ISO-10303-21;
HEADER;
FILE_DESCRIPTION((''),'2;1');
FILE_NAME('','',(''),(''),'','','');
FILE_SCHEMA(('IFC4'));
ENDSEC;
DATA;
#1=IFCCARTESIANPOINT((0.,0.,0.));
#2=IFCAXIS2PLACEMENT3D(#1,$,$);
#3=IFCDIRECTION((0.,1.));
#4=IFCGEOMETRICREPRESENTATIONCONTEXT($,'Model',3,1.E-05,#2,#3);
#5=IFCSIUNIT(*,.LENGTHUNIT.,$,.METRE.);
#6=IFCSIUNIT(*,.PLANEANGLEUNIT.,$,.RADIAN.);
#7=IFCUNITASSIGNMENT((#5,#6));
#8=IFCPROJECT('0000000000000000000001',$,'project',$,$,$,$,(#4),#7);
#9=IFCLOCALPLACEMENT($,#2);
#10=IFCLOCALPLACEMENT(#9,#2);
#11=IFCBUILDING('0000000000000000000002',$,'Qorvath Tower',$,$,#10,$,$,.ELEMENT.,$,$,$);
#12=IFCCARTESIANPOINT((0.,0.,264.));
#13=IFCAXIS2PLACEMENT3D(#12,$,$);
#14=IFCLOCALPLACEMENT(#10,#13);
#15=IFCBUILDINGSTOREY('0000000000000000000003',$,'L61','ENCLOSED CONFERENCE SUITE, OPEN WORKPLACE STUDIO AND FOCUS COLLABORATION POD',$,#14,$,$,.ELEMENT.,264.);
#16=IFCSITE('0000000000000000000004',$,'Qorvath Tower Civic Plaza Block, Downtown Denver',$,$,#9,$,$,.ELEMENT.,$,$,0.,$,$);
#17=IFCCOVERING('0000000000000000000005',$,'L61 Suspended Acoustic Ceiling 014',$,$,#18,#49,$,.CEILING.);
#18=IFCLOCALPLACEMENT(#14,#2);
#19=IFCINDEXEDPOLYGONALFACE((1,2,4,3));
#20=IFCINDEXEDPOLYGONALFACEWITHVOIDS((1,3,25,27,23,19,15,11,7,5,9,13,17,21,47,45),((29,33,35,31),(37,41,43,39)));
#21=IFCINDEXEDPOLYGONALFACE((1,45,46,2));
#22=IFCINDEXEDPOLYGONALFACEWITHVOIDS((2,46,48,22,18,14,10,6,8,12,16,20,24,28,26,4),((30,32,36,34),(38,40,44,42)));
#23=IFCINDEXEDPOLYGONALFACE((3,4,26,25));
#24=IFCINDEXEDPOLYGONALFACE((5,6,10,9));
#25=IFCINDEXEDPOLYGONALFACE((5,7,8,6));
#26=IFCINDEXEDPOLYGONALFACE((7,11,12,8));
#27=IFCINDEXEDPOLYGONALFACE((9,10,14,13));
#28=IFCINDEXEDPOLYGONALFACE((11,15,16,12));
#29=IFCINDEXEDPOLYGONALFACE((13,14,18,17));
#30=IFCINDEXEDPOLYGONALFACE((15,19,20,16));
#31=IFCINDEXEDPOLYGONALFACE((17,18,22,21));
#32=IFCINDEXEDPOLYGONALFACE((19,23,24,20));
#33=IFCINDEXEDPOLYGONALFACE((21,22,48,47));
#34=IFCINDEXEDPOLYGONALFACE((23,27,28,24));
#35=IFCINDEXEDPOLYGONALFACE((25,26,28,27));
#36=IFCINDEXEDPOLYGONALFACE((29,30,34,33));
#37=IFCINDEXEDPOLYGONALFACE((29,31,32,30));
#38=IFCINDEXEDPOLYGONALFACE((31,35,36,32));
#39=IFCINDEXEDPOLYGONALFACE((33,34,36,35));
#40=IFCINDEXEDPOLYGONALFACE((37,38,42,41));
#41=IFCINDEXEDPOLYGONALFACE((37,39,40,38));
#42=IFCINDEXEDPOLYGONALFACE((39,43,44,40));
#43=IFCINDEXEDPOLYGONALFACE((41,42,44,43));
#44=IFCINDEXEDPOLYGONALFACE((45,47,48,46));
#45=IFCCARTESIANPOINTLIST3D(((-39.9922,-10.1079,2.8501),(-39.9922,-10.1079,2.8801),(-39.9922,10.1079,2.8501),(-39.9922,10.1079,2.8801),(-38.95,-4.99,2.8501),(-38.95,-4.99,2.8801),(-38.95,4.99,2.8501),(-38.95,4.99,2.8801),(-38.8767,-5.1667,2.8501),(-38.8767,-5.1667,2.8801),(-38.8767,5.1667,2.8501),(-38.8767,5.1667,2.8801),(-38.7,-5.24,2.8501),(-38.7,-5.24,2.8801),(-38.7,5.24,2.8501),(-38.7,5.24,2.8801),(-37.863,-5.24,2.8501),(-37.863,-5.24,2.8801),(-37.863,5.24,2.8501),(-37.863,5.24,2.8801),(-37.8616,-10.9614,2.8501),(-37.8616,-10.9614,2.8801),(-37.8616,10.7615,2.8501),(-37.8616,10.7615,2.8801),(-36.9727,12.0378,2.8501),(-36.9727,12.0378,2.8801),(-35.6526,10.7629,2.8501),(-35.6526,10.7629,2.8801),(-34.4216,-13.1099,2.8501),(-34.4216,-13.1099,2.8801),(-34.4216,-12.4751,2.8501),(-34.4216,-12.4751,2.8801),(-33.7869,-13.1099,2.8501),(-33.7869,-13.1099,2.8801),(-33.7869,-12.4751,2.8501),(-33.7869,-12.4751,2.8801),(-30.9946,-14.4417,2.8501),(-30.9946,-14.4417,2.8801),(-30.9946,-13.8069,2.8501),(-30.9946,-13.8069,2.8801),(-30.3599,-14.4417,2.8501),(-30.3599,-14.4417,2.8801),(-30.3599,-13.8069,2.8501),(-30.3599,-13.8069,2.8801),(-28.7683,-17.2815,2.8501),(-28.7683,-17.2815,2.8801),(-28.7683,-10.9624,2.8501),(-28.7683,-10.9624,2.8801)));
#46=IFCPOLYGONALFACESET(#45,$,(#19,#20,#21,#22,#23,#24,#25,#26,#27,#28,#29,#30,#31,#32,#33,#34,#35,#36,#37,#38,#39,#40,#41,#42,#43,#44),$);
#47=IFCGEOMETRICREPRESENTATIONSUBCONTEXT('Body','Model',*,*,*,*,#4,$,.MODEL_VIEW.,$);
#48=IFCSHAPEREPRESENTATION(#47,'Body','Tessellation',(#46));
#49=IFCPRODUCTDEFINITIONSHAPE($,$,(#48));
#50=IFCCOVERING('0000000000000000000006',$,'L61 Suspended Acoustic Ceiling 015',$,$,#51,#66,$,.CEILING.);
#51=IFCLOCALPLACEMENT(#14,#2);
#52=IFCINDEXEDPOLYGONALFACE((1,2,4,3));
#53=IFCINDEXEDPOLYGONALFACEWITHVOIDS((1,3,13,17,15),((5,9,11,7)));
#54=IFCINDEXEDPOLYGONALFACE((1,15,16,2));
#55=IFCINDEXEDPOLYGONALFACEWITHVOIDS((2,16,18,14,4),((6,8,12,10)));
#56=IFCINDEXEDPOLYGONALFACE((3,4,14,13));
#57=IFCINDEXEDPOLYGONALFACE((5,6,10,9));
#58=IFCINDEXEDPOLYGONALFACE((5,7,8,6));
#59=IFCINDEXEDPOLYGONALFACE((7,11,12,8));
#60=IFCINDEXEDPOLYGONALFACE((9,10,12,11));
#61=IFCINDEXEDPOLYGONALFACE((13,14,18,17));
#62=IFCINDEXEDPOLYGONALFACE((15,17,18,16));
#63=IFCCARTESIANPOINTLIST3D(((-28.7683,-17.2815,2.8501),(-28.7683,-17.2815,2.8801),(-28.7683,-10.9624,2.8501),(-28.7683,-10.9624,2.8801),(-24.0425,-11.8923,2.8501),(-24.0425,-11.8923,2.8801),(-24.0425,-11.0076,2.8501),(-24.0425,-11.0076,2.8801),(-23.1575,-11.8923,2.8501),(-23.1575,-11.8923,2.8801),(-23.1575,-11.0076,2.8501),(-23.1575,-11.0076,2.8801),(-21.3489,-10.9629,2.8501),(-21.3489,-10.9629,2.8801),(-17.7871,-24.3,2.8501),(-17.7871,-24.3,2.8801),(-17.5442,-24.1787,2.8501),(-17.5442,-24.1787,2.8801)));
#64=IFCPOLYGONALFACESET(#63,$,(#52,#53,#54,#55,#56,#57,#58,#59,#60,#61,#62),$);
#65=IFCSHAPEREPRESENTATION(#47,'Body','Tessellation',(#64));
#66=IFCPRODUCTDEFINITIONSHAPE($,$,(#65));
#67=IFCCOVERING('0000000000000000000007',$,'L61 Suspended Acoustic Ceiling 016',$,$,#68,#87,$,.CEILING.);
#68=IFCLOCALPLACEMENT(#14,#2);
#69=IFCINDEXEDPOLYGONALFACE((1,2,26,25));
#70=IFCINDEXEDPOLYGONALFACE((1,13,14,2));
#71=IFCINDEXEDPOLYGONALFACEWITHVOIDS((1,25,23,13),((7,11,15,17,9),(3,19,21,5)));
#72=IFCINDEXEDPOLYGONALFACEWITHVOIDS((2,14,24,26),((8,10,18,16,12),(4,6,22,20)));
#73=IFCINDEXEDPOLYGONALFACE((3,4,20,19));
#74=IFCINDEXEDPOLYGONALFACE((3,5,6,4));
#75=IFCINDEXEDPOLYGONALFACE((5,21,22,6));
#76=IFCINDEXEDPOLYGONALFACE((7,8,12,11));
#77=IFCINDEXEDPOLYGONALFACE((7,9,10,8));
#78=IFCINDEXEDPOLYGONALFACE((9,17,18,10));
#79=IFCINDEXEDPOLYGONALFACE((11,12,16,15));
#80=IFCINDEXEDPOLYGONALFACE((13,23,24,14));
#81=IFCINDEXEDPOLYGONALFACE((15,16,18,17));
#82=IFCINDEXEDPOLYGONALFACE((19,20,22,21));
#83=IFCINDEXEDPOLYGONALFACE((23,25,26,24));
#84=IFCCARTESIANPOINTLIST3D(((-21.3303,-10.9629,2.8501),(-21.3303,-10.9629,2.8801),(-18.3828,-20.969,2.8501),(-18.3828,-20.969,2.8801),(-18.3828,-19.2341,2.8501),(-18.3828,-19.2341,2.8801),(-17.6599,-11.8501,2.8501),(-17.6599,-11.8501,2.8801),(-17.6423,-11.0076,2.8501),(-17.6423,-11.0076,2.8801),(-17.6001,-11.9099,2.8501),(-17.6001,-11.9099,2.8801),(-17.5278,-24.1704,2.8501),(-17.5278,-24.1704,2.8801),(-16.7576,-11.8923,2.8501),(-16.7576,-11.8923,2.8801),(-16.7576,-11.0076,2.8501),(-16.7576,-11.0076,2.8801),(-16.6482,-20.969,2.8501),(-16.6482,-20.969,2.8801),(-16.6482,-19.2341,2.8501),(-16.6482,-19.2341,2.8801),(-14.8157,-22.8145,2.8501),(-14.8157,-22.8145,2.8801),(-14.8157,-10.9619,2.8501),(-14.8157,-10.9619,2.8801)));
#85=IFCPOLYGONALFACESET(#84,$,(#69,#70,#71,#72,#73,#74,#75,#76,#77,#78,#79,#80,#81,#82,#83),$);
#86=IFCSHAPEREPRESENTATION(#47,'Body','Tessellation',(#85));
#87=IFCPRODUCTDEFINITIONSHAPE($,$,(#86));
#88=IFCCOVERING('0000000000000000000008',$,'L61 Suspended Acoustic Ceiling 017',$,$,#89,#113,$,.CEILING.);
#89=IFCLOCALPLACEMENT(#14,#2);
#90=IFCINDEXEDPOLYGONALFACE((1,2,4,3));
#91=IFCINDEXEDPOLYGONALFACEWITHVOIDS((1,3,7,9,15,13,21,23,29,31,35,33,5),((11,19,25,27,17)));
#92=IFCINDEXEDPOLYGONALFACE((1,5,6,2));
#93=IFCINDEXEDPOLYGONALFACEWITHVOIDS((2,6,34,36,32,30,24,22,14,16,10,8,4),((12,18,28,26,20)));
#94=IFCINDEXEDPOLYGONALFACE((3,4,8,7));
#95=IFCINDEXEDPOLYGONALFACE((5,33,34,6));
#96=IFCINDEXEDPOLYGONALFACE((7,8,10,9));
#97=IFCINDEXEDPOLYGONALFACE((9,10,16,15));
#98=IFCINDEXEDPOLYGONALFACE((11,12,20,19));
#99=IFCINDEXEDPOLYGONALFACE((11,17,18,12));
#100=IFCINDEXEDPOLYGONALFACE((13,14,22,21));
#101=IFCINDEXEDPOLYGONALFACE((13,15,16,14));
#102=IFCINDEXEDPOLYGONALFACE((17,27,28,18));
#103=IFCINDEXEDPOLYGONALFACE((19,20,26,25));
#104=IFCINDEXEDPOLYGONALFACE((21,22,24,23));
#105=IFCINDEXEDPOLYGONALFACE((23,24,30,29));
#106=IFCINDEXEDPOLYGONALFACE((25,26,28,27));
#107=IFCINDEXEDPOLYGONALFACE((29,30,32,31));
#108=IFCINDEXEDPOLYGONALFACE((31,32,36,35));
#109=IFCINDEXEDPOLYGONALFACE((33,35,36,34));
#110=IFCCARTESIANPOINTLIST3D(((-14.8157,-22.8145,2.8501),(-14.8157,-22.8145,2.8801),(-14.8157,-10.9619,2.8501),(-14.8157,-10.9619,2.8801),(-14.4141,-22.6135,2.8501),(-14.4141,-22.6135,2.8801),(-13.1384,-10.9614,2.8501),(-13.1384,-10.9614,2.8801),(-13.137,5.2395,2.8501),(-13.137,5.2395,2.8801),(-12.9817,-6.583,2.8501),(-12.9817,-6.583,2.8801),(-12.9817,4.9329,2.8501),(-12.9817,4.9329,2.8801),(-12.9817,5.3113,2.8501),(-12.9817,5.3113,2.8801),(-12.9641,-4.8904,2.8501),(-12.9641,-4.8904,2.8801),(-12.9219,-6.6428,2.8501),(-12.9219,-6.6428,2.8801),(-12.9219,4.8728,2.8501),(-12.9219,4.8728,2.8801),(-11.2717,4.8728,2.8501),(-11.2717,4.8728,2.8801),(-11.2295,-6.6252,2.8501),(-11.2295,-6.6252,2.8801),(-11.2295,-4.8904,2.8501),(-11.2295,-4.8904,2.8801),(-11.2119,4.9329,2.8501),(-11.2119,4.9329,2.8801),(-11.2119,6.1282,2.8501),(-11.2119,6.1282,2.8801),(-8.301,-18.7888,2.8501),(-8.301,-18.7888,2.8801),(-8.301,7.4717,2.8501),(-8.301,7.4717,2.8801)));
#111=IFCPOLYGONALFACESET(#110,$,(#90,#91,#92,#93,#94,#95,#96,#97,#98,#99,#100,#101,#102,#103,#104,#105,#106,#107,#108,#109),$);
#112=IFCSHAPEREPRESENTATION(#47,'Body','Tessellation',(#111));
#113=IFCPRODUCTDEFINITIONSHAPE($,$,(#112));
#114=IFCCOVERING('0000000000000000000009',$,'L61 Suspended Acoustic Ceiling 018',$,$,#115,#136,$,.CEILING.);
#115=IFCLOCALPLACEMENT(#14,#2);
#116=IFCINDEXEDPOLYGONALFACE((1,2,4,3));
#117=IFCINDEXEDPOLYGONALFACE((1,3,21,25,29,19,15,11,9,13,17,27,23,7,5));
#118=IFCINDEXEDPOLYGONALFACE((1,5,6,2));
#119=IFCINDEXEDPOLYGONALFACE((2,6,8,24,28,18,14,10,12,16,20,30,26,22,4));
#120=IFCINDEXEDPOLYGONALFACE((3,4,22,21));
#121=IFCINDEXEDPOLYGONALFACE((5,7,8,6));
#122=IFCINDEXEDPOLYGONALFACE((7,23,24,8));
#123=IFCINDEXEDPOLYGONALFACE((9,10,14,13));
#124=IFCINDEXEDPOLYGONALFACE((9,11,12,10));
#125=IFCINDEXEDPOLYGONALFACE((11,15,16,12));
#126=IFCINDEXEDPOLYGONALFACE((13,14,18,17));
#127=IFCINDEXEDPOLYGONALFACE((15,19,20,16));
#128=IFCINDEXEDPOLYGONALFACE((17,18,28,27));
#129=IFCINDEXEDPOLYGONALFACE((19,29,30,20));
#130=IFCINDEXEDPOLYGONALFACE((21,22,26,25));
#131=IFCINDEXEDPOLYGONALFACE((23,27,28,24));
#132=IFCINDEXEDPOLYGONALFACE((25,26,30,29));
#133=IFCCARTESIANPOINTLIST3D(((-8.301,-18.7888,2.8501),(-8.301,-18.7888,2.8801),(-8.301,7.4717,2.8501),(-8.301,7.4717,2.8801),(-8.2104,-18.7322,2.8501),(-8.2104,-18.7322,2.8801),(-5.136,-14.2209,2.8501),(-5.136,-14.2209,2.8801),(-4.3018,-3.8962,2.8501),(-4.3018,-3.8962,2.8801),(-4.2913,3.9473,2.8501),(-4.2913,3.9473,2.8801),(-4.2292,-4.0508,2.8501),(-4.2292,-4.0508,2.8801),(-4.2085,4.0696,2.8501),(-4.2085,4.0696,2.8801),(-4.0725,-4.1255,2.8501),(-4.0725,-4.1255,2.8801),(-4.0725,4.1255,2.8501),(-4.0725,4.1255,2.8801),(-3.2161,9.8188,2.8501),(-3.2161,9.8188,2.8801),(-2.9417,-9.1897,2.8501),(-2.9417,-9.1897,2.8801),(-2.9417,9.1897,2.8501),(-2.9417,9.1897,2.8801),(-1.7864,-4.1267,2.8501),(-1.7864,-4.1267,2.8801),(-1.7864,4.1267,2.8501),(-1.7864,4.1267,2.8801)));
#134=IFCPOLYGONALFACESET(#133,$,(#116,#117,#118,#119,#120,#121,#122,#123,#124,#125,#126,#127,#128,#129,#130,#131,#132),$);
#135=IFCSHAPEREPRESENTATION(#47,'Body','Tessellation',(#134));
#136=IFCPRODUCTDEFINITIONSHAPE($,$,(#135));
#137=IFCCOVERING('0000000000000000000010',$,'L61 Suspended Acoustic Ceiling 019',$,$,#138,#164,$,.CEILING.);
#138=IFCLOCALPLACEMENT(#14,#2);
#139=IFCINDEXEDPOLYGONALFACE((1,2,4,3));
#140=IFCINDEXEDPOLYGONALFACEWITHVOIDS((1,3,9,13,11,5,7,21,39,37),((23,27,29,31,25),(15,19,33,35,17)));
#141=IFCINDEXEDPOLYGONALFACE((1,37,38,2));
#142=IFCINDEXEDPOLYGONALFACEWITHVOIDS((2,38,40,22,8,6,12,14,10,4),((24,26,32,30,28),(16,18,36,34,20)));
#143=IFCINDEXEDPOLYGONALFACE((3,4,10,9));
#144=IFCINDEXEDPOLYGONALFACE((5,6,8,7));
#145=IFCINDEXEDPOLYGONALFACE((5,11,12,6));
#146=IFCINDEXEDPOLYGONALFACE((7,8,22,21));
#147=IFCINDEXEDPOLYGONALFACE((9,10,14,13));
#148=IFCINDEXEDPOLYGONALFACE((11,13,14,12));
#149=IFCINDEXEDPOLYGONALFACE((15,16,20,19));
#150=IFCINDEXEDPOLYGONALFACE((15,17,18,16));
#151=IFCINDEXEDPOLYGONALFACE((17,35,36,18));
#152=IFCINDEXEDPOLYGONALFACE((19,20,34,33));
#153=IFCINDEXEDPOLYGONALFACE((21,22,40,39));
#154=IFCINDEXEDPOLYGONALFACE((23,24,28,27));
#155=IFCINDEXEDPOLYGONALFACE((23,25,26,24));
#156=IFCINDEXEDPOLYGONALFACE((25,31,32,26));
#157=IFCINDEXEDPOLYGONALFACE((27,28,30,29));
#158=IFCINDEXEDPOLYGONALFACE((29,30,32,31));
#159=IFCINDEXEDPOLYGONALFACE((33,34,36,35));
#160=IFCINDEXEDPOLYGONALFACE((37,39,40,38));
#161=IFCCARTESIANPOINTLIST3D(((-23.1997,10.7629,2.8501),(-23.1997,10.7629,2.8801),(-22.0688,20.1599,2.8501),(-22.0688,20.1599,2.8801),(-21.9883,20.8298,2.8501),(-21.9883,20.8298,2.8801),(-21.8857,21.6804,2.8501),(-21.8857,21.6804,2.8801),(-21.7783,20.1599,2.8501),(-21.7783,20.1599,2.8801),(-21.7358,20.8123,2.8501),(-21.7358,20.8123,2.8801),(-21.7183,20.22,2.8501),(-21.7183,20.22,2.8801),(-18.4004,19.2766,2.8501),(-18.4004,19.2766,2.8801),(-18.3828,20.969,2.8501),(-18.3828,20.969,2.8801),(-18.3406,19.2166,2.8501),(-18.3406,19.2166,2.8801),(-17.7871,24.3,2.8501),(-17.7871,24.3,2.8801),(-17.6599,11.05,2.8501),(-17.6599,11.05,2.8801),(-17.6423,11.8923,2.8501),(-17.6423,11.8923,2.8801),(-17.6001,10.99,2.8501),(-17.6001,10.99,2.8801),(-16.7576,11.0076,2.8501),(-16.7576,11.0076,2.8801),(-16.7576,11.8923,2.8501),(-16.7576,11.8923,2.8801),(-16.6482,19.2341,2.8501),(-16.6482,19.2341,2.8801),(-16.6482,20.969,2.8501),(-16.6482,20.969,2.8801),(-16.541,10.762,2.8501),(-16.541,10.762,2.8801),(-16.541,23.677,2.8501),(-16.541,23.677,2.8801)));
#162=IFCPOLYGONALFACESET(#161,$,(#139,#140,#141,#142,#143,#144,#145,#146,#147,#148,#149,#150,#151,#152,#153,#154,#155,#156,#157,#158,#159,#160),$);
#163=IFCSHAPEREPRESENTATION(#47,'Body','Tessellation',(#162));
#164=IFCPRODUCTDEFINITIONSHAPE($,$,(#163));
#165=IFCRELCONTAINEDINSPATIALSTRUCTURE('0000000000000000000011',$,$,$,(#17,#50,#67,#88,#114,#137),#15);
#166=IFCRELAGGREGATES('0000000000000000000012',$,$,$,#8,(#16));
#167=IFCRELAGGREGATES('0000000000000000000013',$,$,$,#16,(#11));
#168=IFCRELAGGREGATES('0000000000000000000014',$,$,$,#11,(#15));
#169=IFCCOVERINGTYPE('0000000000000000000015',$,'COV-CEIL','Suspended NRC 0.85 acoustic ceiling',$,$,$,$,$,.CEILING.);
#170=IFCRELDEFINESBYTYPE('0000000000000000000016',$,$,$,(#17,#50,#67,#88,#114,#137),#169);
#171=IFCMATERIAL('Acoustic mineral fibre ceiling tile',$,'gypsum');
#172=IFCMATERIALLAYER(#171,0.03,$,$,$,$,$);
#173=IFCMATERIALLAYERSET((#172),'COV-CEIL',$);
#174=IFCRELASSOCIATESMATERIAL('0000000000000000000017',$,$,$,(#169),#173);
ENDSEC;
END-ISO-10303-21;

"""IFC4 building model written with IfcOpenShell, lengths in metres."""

from ifc_helpers import new_model, si_unit, direction, frame, origin, place, context, subcontext, project, spatial, polyline, outline, extrude, material, layer, layer_set, type_object, element, save


model = new_model("IFC4")

# Units and contexts
model_context = context("Model", 3, precision=1e-05, world=origin(), true_north=direction((0.0, 1.0)))
body_context = subcontext(model_context, "Body", "Model", "MODEL_VIEW")
ifc_project = project(units=[si_unit("LENGTHUNIT", "METRE"), si_unit("PLANEANGLEUNIT", "RADIAN")], contexts=[model_context])

# Site, building, storey
site_placement = place(None, origin())
site = spatial("IfcSite", under=ifc_project, at=site_placement, Name="Qorvath Tower Civic Plaza Block, Downtown Denver", CompositionType="ELEMENT", RefElevation=0.0)
building_placement = place(site_placement, origin())
building = spatial("IfcBuilding", under=site, at=building_placement, Name="Qorvath Tower", CompositionType="ELEMENT")
storey_placement = place(building_placement, frame((0.0, 0.0, 264.0)))
storey = spatial("IfcBuildingStorey", under=building, at=storey_placement, Name="L61", Description="ENCLOSED CONFERENCE SUITE, OPEN WORKPLACE STUDIO AND FOCUS COLLABORATION POD", CompositionType="ELEMENT", Elevation=264.0)

# Coverings
ifc_material_1 = material(Name="Acoustic mineral fibre ceiling tile", Category="gypsum")
ifc_layer_1 = layer(ifc_material_1, 0.03)
ifc_layer_set_1 = layer_set([ifc_layer_1], Name="COV-CEIL")
covering_type_1 = type_object("IfcCoveringType", Name="COV-CEIL", Description="Suspended NRC 0.85 acoustic ceiling", PredefinedType="CEILING", material=ifc_layer_set_1)
covering_1_placement = place(storey_placement, frame((0.0, 0.0, 2.8501)))
element("IfcCovering", 1, at=covering_1_placement, inside=storey, type_object=covering_type_1, Name="L61 Suspended Acoustic Ceiling 014", PredefinedType="CEILING", context=body_context, shape_type="SweptSolid", body=[
    extrude(outline(polyline([(-39.9922, 10.1079), (-39.9922, -10.1079), (-28.7683, -17.2815), (-28.7683, -10.9624), (-37.8616, -10.9614), (-37.863, -5.24), (-38.7, -5.24), (-38.8767, -5.1667), (-38.95, -4.99), (-38.95, 4.99), (-38.8767, 5.1667), (-38.7, 5.24), (-37.863, 5.24), (-37.8616, 10.7615), (-35.6526, 10.7629), (-36.9727, 12.0378), (-39.9922, 10.1079)]), holes=[polyline([(-30.9946, -14.4417), (-30.9946, -13.8069), (-30.3599, -13.8069), (-30.3599, -14.4417), (-30.9946, -14.4417)]), polyline([(-34.4216, -13.1099), (-34.4216, -12.4751), (-33.7869, -12.4751), (-33.7869, -13.1099), (-34.4216, -13.1099)])]), origin(), (0.0, 0.0, 1.0), 0.03),
])
covering_2_placement = place(storey_placement, frame((0.0, 0.0, 2.8501)))
element("IfcCovering", 2, at=covering_2_placement, inside=storey, type_object=covering_type_1, Name="L61 Suspended Acoustic Ceiling 015", PredefinedType="CEILING", context=body_context, shape_type="SweptSolid", body=[
    extrude(outline(polyline([(-28.7683, -10.9624), (-28.7683, -17.2815), (-17.7871, -24.3), (-17.5442, -24.1787), (-21.3489, -10.9629), (-28.7683, -10.9624)]), holes=[polyline([(-24.0425, -11.8923), (-24.0425, -11.0076), (-23.1575, -11.0076), (-23.1575, -11.8923), (-24.0425, -11.8923)])]), origin(), (0.0, 0.0, 1.0), 0.03),
])
covering_3_placement = place(storey_placement, frame((0.0, 0.0, 2.8501)))
element("IfcCovering", 3, at=covering_3_placement, inside=storey, type_object=covering_type_1, Name="L61 Suspended Acoustic Ceiling 016", PredefinedType="CEILING", context=body_context, shape_type="SweptSolid", body=[
    extrude(outline(polyline([(-14.8157, -22.8145), (-14.8157, -10.9619), (-21.3303, -10.9629), (-17.5278, -24.1704), (-14.8157, -22.8145)]), holes=[polyline([(-18.3828, -20.969), (-18.3828, -19.2341), (-16.6482, -19.2341), (-16.6482, -20.969), (-18.3828, -20.969)]), polyline([(-17.6599, -11.8501), (-17.6423, -11.0076), (-16.7576, -11.0076), (-16.7576, -11.8923), (-17.6001, -11.9099), (-17.6599, -11.8501)])]), origin(), (0.0, 0.0, 1.0), 0.03),
])
covering_4_placement = place(storey_placement, frame((0.0, 0.0, 2.8501)))
element("IfcCovering", 4, at=covering_4_placement, inside=storey, type_object=covering_type_1, Name="L61 Suspended Acoustic Ceiling 017", PredefinedType="CEILING", context=body_context, shape_type="SweptSolid", body=[
    extrude(outline(polyline([(-8.301, -18.7888), (-8.301, 7.4717), (-11.2119, 6.1282), (-11.2119, 4.9329), (-11.2717, 4.8728), (-12.9219, 4.8728), (-12.9817, 4.9329), (-12.9817, 5.3113), (-13.137, 5.2395), (-13.1384, -10.9614), (-14.8157, -10.9619), (-14.8157, -22.8145), (-14.4141, -22.6135), (-8.301, -18.7888)]), holes=[polyline([(-12.9817, -6.583), (-12.9641, -4.8904), (-11.2295, -4.8904), (-11.2295, -6.6252), (-12.9219, -6.6428), (-12.9817, -6.583)])]), origin(), (0.0, 0.0, 1.0), 0.03),
])
covering_5_placement = place(storey_placement, frame((0.0, 0.0, 2.8501)))
element("IfcCovering", 5, at=covering_5_placement, inside=storey, type_object=covering_type_1, Name="L61 Suspended Acoustic Ceiling 018", PredefinedType="CEILING", context=body_context, shape_type="SweptSolid", body=[
    extrude(outline(polyline([(-2.9417, 9.1897), (-3.2161, 9.8188), (-8.301, 7.4717), (-8.301, -18.7888), (-8.2104, -18.7322), (-5.136, -14.2209), (-2.9417, -9.1897), (-1.7864, -4.1267), (-4.0725, -4.1255), (-4.2292, -4.0508), (-4.3018, -3.8962), (-4.2913, 3.9473), (-4.2085, 4.0696), (-4.0725, 4.1255), (-1.7864, 4.1267), (-2.9417, 9.1897)])), origin(), (0.0, 0.0, 1.0), 0.03),
])
covering_6_placement = place(storey_placement, frame((0.0, 0.0, 2.8501)))
element("IfcCovering", 6, at=covering_6_placement, inside=storey, type_object=covering_type_1, Name="L61 Suspended Acoustic Ceiling 019", PredefinedType="CEILING", context=body_context, shape_type="SweptSolid", body=[
    extrude(outline(polyline([(-17.7871, 24.3), (-21.8857, 21.6804), (-21.9883, 20.8298), (-21.7358, 20.8123), (-21.7183, 20.22), (-21.7783, 20.1599), (-22.0688, 20.1599), (-23.1997, 10.7629), (-16.541, 10.762), (-16.541, 23.677), (-17.7871, 24.3)]), holes=[polyline([(-18.4004, 19.2766), (-18.3828, 20.969), (-16.6482, 20.969), (-16.6482, 19.2341), (-18.3406, 19.2166), (-18.4004, 19.2766)]), polyline([(-17.6599, 11.05), (-17.6423, 11.8923), (-16.7576, 11.8923), (-16.7576, 11.0076), (-17.6001, 10.99), (-17.6599, 11.05)])]), origin(), (0.0, 0.0, 1.0), 0.03),
])

save(model, "model.ifc")
